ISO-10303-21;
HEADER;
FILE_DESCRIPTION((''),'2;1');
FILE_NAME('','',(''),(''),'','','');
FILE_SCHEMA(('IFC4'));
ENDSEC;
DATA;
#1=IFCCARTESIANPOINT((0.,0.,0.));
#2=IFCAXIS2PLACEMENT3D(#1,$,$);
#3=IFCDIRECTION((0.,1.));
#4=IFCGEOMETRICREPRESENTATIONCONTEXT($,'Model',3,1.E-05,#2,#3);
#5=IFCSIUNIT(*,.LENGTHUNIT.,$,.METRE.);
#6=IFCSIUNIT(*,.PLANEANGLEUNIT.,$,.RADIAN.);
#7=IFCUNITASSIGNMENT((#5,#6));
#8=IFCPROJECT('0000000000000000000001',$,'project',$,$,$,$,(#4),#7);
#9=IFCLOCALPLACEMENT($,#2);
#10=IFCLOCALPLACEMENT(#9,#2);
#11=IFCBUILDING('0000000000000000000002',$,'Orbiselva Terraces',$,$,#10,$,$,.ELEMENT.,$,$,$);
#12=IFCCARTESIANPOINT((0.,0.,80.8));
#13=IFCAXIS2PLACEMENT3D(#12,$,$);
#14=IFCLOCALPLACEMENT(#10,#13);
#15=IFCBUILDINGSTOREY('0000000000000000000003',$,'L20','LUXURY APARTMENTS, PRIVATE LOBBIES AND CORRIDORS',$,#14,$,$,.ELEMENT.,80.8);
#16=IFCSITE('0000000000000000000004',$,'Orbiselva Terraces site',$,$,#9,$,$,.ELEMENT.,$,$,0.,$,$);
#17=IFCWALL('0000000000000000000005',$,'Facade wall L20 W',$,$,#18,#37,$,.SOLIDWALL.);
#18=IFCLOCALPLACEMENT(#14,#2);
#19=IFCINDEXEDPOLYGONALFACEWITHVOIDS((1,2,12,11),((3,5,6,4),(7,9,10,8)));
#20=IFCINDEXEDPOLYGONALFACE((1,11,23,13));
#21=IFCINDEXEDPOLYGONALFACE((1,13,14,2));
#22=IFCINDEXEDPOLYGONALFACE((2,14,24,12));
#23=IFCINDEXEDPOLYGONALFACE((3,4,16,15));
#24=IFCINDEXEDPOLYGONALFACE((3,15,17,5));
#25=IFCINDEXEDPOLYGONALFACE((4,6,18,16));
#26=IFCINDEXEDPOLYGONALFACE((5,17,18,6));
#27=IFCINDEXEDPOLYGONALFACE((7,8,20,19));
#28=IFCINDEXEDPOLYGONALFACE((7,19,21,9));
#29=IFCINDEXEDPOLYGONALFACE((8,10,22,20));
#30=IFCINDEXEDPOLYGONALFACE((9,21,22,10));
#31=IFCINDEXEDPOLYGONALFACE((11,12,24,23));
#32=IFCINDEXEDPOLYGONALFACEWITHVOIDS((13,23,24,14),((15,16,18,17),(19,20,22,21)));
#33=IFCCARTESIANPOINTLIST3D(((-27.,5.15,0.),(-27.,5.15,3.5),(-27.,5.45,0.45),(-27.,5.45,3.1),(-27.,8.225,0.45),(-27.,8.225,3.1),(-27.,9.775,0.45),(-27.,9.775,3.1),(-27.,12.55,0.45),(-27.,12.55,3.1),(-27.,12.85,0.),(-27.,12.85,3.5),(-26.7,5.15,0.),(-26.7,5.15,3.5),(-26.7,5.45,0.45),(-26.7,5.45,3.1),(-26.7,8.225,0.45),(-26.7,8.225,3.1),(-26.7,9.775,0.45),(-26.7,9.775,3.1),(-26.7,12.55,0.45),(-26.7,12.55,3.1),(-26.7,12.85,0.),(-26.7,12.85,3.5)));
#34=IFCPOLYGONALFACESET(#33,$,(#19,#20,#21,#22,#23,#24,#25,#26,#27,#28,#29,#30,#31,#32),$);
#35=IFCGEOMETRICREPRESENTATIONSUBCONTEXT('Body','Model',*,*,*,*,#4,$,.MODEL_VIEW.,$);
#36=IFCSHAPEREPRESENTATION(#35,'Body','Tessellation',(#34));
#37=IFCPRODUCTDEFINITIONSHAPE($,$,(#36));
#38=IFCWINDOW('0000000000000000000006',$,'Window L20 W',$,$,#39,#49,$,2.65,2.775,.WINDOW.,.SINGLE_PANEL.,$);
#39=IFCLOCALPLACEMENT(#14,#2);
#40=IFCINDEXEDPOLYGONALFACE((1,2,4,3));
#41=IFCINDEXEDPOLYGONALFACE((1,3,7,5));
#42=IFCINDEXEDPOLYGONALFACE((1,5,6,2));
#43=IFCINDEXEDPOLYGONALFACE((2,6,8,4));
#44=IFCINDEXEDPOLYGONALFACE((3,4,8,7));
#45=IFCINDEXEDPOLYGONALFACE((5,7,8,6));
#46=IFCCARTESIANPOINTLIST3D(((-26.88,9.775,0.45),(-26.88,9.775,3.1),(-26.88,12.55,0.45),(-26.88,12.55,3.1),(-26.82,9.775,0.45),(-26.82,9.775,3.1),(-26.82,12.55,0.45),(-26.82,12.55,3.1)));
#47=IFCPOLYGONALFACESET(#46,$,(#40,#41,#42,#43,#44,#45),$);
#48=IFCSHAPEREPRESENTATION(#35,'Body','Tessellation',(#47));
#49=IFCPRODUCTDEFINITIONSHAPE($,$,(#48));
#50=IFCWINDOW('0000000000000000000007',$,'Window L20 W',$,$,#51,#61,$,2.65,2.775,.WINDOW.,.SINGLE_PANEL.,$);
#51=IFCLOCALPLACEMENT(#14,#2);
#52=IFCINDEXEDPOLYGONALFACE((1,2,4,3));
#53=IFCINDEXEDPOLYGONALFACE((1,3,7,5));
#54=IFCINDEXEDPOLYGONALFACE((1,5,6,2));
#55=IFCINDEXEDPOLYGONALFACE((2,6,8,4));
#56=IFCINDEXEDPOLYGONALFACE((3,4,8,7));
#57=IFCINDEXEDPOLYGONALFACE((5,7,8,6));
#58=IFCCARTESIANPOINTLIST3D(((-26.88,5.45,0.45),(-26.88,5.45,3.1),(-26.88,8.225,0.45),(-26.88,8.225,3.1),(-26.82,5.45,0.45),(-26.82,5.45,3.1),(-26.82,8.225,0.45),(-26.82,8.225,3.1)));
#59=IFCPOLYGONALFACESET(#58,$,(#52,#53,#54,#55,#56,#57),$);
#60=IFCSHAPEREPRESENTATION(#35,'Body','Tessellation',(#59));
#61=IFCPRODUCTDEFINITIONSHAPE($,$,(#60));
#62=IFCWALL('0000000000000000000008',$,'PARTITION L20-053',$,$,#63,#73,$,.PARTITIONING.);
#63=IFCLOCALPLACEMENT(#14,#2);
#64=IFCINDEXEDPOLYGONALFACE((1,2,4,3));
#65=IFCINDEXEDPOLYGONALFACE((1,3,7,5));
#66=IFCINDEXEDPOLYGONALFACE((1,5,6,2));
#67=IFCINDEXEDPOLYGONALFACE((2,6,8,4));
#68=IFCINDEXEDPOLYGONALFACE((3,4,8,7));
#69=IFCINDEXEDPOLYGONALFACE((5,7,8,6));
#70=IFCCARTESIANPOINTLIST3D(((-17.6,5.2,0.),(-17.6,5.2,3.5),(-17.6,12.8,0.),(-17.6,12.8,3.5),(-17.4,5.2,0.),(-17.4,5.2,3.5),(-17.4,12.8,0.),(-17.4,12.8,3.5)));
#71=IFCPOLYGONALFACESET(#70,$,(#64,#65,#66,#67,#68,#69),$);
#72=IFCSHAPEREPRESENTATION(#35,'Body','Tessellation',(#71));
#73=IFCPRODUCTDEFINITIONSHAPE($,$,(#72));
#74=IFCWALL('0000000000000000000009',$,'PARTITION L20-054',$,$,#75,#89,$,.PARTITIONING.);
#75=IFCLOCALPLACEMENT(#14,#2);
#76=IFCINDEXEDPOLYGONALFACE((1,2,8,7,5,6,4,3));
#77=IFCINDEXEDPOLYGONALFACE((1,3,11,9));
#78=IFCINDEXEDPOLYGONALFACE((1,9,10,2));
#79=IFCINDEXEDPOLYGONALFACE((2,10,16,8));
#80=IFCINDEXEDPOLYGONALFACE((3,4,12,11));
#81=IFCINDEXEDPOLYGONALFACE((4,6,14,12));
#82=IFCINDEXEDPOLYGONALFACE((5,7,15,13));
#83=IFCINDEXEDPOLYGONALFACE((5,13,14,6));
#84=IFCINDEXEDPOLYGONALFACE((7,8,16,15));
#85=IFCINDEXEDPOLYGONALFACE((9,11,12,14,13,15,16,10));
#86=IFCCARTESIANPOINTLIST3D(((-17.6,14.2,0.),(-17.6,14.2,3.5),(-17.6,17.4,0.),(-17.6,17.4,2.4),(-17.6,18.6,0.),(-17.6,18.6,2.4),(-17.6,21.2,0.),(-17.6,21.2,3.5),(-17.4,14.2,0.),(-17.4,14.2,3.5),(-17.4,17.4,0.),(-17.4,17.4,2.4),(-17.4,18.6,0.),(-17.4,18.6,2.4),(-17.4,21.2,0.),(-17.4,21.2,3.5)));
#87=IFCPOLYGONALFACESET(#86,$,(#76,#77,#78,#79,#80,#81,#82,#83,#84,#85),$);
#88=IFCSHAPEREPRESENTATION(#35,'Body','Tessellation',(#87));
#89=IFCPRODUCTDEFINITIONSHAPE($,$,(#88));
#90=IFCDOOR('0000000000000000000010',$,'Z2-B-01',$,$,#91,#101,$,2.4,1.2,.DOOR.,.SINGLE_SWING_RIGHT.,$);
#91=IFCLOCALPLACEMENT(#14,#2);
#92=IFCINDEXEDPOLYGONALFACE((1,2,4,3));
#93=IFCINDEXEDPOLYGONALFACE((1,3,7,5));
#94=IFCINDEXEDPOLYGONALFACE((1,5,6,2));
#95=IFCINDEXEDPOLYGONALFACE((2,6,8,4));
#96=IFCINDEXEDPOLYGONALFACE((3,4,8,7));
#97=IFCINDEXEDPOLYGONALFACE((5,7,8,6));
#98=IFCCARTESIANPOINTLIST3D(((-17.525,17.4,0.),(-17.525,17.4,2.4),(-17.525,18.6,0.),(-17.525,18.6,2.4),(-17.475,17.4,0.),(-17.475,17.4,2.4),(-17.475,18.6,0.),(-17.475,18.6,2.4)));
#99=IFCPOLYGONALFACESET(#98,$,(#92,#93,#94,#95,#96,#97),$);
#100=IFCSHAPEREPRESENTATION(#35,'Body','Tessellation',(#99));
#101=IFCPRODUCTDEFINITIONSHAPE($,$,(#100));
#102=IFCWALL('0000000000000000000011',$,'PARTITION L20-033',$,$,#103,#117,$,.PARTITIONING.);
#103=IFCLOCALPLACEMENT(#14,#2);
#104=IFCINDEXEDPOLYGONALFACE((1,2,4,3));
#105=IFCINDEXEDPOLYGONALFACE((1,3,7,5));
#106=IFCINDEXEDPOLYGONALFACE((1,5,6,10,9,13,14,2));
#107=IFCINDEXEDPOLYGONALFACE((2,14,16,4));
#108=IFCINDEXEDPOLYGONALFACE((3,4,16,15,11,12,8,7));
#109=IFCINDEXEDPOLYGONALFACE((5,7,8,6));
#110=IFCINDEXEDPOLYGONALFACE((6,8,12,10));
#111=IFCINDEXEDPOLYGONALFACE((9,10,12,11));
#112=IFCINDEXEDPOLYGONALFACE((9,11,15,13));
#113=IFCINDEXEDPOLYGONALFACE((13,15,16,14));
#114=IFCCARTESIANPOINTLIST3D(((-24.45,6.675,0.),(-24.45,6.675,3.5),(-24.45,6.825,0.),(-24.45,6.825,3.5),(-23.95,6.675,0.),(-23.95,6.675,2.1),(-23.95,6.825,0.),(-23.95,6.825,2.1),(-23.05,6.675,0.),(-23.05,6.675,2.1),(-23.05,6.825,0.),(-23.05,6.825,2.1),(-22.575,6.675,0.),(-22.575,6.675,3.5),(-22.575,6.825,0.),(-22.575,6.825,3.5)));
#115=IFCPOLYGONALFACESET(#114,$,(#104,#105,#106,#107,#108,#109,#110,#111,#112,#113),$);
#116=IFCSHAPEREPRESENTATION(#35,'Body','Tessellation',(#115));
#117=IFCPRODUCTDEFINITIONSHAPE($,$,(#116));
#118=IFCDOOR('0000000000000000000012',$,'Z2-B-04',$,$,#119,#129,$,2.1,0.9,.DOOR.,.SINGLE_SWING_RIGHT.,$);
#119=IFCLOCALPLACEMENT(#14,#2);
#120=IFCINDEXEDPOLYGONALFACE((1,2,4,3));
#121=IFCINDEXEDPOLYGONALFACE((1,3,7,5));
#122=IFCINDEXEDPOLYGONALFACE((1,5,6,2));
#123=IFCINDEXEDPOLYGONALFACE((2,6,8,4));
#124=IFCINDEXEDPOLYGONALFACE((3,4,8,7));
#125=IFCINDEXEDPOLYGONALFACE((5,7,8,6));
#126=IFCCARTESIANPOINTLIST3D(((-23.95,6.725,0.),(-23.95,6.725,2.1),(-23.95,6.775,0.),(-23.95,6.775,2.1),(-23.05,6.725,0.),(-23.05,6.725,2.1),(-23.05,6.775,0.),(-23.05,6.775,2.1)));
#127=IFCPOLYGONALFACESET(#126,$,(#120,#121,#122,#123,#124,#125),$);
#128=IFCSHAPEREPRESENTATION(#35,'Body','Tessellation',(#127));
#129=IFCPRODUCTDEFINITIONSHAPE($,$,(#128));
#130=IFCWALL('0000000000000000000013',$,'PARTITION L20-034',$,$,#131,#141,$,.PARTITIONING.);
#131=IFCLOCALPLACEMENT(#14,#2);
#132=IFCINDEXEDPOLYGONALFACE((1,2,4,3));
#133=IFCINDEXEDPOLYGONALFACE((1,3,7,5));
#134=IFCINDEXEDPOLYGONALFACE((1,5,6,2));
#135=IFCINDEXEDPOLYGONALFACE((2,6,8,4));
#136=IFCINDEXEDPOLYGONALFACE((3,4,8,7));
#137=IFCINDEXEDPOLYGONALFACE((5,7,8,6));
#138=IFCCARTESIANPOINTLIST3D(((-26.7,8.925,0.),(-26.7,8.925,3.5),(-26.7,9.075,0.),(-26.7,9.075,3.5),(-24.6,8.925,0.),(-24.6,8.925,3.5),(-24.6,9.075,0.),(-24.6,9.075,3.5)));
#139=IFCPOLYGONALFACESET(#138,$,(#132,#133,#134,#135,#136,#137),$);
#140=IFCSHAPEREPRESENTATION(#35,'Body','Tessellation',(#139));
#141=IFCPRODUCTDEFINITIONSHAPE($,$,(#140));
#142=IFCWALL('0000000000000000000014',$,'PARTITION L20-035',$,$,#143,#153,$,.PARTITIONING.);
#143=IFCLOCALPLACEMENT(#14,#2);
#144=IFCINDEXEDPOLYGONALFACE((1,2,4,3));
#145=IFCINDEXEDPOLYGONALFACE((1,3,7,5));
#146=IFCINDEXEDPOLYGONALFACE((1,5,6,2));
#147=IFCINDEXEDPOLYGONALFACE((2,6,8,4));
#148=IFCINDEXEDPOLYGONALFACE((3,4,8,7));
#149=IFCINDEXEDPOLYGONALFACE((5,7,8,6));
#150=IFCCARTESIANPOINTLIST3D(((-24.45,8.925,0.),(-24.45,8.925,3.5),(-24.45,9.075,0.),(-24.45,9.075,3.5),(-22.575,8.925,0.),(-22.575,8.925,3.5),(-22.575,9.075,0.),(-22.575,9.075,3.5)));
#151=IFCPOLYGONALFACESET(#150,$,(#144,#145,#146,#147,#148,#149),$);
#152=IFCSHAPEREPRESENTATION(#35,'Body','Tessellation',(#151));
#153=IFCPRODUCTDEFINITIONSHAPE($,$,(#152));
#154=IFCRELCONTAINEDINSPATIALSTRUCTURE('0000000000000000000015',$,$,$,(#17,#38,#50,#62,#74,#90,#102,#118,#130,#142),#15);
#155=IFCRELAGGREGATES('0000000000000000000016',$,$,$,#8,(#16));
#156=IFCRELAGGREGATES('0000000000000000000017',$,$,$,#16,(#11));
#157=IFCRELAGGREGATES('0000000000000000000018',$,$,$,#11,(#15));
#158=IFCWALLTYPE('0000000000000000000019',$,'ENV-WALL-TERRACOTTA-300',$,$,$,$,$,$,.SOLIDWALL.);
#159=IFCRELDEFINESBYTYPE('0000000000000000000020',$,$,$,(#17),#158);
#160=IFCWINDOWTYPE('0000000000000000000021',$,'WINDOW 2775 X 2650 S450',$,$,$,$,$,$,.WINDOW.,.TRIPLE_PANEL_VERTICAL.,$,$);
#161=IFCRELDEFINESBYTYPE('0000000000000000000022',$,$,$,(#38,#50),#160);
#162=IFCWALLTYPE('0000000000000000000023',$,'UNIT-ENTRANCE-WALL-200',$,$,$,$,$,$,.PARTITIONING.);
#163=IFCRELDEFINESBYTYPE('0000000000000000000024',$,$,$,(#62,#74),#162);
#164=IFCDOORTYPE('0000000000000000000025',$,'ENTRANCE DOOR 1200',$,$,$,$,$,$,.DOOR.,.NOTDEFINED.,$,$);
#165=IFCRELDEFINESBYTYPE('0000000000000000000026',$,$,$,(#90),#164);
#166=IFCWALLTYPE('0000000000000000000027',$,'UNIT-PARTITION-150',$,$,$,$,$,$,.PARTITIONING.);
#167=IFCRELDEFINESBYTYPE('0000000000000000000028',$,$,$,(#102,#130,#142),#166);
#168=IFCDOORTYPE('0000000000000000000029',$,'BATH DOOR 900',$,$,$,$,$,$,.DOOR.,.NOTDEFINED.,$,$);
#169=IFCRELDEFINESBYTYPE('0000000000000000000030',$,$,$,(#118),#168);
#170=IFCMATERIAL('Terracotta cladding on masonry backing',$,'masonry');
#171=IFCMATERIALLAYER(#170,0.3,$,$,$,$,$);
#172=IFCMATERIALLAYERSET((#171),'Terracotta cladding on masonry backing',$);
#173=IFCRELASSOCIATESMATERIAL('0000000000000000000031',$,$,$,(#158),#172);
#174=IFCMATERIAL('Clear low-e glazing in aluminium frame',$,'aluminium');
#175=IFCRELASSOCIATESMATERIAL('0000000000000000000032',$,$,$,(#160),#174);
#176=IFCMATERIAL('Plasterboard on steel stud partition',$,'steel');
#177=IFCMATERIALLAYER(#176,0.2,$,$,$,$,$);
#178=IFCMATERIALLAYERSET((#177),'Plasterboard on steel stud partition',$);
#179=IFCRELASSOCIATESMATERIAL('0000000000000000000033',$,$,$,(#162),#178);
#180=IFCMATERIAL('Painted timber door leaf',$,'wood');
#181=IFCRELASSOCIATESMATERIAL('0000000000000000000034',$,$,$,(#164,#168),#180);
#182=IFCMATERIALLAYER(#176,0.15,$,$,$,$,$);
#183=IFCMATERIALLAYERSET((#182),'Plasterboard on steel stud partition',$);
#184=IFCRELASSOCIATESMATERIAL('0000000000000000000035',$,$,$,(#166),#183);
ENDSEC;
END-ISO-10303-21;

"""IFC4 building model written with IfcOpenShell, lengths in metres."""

from ifc_helpers import new_model, si_unit, direction, frame, frame_2d, origin, place, context, subcontext, project, spatial, rectangle, extrude, material, layer, layer_set, type_object, element, fill, save


model = new_model("IFC4")

# Units and contexts
model_context = context("Model", 3, precision=1e-05, world=origin(), true_north=direction((0.0, 1.0)))
body_context = subcontext(model_context, "Body", "Model", "MODEL_VIEW")
ifc_project = project(units=[si_unit("LENGTHUNIT", "METRE"), si_unit("PLANEANGLEUNIT", "RADIAN")], contexts=[model_context])

# Site, building, storey
site_placement = place(None, origin())
site = spatial("IfcSite", under=ifc_project, at=site_placement, Name="Orbiselva Terraces site", CompositionType="ELEMENT", RefElevation=0.0)
building_placement = place(site_placement, origin())
building = spatial("IfcBuilding", under=site, at=building_placement, Name="Orbiselva Terraces", CompositionType="ELEMENT")
storey_placement = place(building_placement, frame((0.0, 0.0, 80.8)))
storey = spatial("IfcBuildingStorey", under=building, at=storey_placement, Name="L20", Description="LUXURY APARTMENTS, PRIVATE LOBBIES AND CORRIDORS", CompositionType="ELEMENT", Elevation=80.8)

# Shared definitions
ifc_material_1 = material(Name="Terracotta cladding on masonry backing", Category="masonry")
ifc_layer_1 = layer(ifc_material_1, 0.3)
ifc_layer_set_1 = layer_set([ifc_layer_1], Name="Terracotta cladding on masonry backing")
wall_type_1 = type_object("IfcWallType", Name="ENV-WALL-TERRACOTTA-300", PredefinedType="SOLIDWALL", material=ifc_layer_set_1)
ifc_material_2 = material(Name="Clear low-e glazing in aluminium frame", Category="aluminium")

# Wall, openings, windows
wall_1_placement = place(storey_placement, frame((-26.85, 5.15, 0.0), z_axis=(0.0, 0.0, 1.0), x_axis=(0.0, 1.0, 0.0)))
wall_1 = element("IfcWall", 1, at=wall_1_placement, inside=storey, type_object=wall_type_1, Name="Facade wall L20 W", PredefinedType="SOLIDWALL", context=body_context, shape_type="SweptSolid", body=[
    extrude(rectangle(XDim=7.7, YDim=0.3, at=frame_2d((3.85, 0.0))), origin(), (0.0, 0.0, 1.0), 3.5),
])
opening_1_placement = place(wall_1_placement, frame((4.625, 0.0, 0.45)))
opening_1 = element("IfcOpeningElement", 2, at=opening_1_placement, cuts=wall_1, PredefinedType="OPENING", context=body_context, shape_type="SweptSolid", body=[
    extrude(rectangle(XDim=2.775, YDim=2.65, at=frame_2d((1.3875, 1.325))), frame((0.0, 0.16, 0.0), z_axis=(0.0, -1.0, 0.0), x_axis=(1.0, 0.0, 0.0)), (0.0, 0.0, 1.0), 0.32),
])
opening_2_placement = place(wall_1_placement, frame((0.3, 0.0, 0.45)))
opening_2 = element("IfcOpeningElement", 3, at=opening_2_placement, cuts=wall_1, PredefinedType="OPENING", context=body_context, shape_type="SweptSolid", body=[
    extrude(rectangle(XDim=2.775, YDim=2.65, at=frame_2d((1.3875, 1.325))), frame((0.0, 0.16, 0.0), z_axis=(0.0, -1.0, 0.0), x_axis=(1.0, 0.0, 0.0)), (0.0, 0.0, 1.0), 0.32),
])
window_type = type_object("IfcWindowType", Name="WINDOW 2775 X 2650 S450", PartitioningType="TRIPLE_PANEL_VERTICAL", PredefinedType="WINDOW", material=ifc_material_2)
window_1_placement = place(opening_1_placement, origin())
window_1 = element("IfcWindow", 4, at=window_1_placement, inside=storey, type_object=window_type, Name="Window L20 W", OverallHeight=2.65, OverallWidth=2.775, PartitioningType="SINGLE_PANEL", PredefinedType="WINDOW", context=body_context, shape_type="SweptSolid", body=[
    extrude(rectangle(XDim=2.775, YDim=2.65, at=frame_2d((1.3875, 1.325))), frame((0.0, 0.03, 0.0), z_axis=(0.0, -1.0, 0.0), x_axis=(1.0, 0.0, 0.0)), (0.0, 0.0, 1.0), 0.06),
])
fill(opening_1, window_1)
window_2_placement = place(opening_2_placement, origin())
window_2 = element("IfcWindow", 5, at=window_2_placement, inside=storey, type_object=window_type, Name="Window L20 W", OverallHeight=2.65, OverallWidth=2.775, PartitioningType="SINGLE_PANEL", PredefinedType="WINDOW", context=body_context, shape_type="SweptSolid", body=[
    extrude(rectangle(XDim=2.775, YDim=2.65, at=frame_2d((1.3875, 1.325))), frame((0.0, 0.03, 0.0), z_axis=(0.0, -1.0, 0.0), x_axis=(1.0, 0.0, 0.0)), (0.0, 0.0, 1.0), 0.06),
])
fill(opening_2, window_2)

# Wall
ifc_material_3 = material(Name="Plasterboard on steel stud partition", Category="steel")
ifc_layer_2 = layer(ifc_material_3, 0.2)
ifc_layer_set_2 = layer_set([ifc_layer_2], Name="Plasterboard on steel stud partition")
wall_type_2 = type_object("IfcWallType", Name="UNIT-ENTRANCE-WALL-200", PredefinedType="PARTITIONING", material=ifc_layer_set_2)
wall_2_placement = place(storey_placement, frame((-17.5, 5.2, 0.0), z_axis=(0.0, 0.0, 1.0), x_axis=(0.0, 1.0, 0.0)))
element("IfcWall", 6, at=wall_2_placement, inside=storey, type_object=wall_type_2, Name="PARTITION L20-053", PredefinedType="PARTITIONING", context=body_context, shape_type="SweptSolid", body=[
    extrude(rectangle(XDim=7.6, YDim=0.2, at=frame_2d((3.8, 0.0))), origin(), (0.0, 0.0, 1.0), 3.5),
])

# Walls, openings, doors
wall_3_placement = place(storey_placement, frame((-17.5, 14.2, 0.0), z_axis=(0.0, 0.0, 1.0), x_axis=(0.0, 1.0, 0.0)))
wall_3 = element("IfcWall", 7, at=wall_3_placement, inside=storey, type_object=wall_type_2, Name="PARTITION L20-054", PredefinedType="PARTITIONING", context=body_context, shape_type="SweptSolid", body=[
    extrude(rectangle(XDim=7.0, YDim=0.2, at=frame_2d((3.5, 0.0))), origin(), (0.0, 0.0, 1.0), 3.5),
])
opening_3_placement = place(wall_3_placement, frame((3.2, 0.0, 0.0)))
opening_3 = element("IfcOpeningElement", 8, at=opening_3_placement, cuts=wall_3, PredefinedType="OPENING", context=body_context, shape_type="SweptSolid", body=[
    extrude(rectangle(XDim=1.2, YDim=2.4, at=frame_2d((0.6, 1.2))), frame((0.0, 0.11, 0.0), z_axis=(0.0, -1.0, 0.0), x_axis=(1.0, 0.0, 0.0)), (0.0, 0.0, 1.0), 0.22),
])
ifc_material_4 = material(Name="Painted timber door leaf", Category="wood")
door_type_1 = type_object("IfcDoorType", Name="ENTRANCE DOOR 1200", OperationType="NOTDEFINED", PredefinedType="DOOR", material=ifc_material_4)
door_1_placement = place(opening_3_placement, origin())
door_1 = element("IfcDoor", 9, at=door_1_placement, inside=storey, type_object=door_type_1, Name="Z2-B-01", OperationType="SINGLE_SWING_RIGHT", OverallHeight=2.4, OverallWidth=1.2, PredefinedType="DOOR", context=body_context, shape_type="SweptSolid", body=[
    extrude(rectangle(XDim=1.2, YDim=2.4, at=frame_2d((0.6, 1.2))), frame((0.0, 0.025, 0.0), z_axis=(0.0, -1.0, 0.0), x_axis=(1.0, 0.0, 0.0)), (0.0, 0.0, 1.0), 0.05),
])
fill(opening_3, door_1)
ifc_layer_3 = layer(ifc_material_3, 0.15)
ifc_layer_set_3 = layer_set([ifc_layer_3], Name="Plasterboard on steel stud partition")
wall_type_3 = type_object("IfcWallType", Name="UNIT-PARTITION-150", PredefinedType="PARTITIONING", material=ifc_layer_set_3)
wall_4_placement = place(storey_placement, frame((-24.45, 6.75, 0.0), z_axis=(0.0, 0.0, 1.0), x_axis=(1.0, 0.0, 0.0)))
wall_4 = element("IfcWall", 10, at=wall_4_placement, inside=storey, type_object=wall_type_3, Name="PARTITION L20-033", PredefinedType="PARTITIONING", context=body_context, shape_type="SweptSolid", body=[
    extrude(rectangle(XDim=1.875, YDim=0.15, at=frame_2d((0.9375, 0.0))), origin(), (0.0, 0.0, 1.0), 3.5),
])
opening_4_placement = place(wall_4_placement, frame((0.5, 0.0, 0.0)))
opening_4 = element("IfcOpeningElement", 11, at=opening_4_placement, cuts=wall_4, PredefinedType="OPENING", context=body_context, shape_type="SweptSolid", body=[
    extrude(rectangle(XDim=0.9, YDim=2.1, at=frame_2d((0.45, 1.05))), frame((0.0, 0.085, 0.0), z_axis=(0.0, -1.0, 0.0), x_axis=(1.0, 0.0, 0.0)), (0.0, 0.0, 1.0), 0.17),
])
door_type_2 = type_object("IfcDoorType", Name="BATH DOOR 900", OperationType="NOTDEFINED", PredefinedType="DOOR", material=ifc_material_4)
door_2_placement = place(opening_4_placement, origin())
door_2 = element("IfcDoor", 12, at=door_2_placement, inside=storey, type_object=door_type_2, Name="Z2-B-04", OperationType="SINGLE_SWING_RIGHT", OverallHeight=2.1, OverallWidth=0.9, PredefinedType="DOOR", context=body_context, shape_type="SweptSolid", body=[
    extrude(rectangle(XDim=0.9, YDim=2.1, at=frame_2d((0.45, 1.05))), frame((0.0, 0.025, 0.0), z_axis=(0.0, -1.0, 0.0), x_axis=(1.0, 0.0, 0.0)), (0.0, 0.0, 1.0), 0.05),
])
fill(opening_4, door_2)

# Walls
wall_5_placement = place(storey_placement, frame((-26.7, 9.0, 0.0), z_axis=(0.0, 0.0, 1.0), x_axis=(1.0, 0.0, 0.0)))
element("IfcWall", 13, at=wall_5_placement, inside=storey, type_object=wall_type_3, Name="PARTITION L20-034", PredefinedType="PARTITIONING", context=body_context, shape_type="SweptSolid", body=[
    extrude(rectangle(XDim=2.1, YDim=0.15, at=frame_2d((1.05, 0.0))), origin(), (0.0, 0.0, 1.0), 3.5),
])
wall_6_placement = place(storey_placement, frame((-24.45, 9.0, 0.0), z_axis=(0.0, 0.0, 1.0), x_axis=(1.0, 0.0, 0.0)))
element("IfcWall", 14, at=wall_6_placement, inside=storey, type_object=wall_type_3, Name="PARTITION L20-035", PredefinedType="PARTITIONING", context=body_context, shape_type="SweptSolid", body=[
    extrude(rectangle(XDim=1.875, YDim=0.15, at=frame_2d((0.9375, 0.0))), origin(), (0.0, 0.0, 1.0), 3.5),
])

save(model, "model.ifc")
